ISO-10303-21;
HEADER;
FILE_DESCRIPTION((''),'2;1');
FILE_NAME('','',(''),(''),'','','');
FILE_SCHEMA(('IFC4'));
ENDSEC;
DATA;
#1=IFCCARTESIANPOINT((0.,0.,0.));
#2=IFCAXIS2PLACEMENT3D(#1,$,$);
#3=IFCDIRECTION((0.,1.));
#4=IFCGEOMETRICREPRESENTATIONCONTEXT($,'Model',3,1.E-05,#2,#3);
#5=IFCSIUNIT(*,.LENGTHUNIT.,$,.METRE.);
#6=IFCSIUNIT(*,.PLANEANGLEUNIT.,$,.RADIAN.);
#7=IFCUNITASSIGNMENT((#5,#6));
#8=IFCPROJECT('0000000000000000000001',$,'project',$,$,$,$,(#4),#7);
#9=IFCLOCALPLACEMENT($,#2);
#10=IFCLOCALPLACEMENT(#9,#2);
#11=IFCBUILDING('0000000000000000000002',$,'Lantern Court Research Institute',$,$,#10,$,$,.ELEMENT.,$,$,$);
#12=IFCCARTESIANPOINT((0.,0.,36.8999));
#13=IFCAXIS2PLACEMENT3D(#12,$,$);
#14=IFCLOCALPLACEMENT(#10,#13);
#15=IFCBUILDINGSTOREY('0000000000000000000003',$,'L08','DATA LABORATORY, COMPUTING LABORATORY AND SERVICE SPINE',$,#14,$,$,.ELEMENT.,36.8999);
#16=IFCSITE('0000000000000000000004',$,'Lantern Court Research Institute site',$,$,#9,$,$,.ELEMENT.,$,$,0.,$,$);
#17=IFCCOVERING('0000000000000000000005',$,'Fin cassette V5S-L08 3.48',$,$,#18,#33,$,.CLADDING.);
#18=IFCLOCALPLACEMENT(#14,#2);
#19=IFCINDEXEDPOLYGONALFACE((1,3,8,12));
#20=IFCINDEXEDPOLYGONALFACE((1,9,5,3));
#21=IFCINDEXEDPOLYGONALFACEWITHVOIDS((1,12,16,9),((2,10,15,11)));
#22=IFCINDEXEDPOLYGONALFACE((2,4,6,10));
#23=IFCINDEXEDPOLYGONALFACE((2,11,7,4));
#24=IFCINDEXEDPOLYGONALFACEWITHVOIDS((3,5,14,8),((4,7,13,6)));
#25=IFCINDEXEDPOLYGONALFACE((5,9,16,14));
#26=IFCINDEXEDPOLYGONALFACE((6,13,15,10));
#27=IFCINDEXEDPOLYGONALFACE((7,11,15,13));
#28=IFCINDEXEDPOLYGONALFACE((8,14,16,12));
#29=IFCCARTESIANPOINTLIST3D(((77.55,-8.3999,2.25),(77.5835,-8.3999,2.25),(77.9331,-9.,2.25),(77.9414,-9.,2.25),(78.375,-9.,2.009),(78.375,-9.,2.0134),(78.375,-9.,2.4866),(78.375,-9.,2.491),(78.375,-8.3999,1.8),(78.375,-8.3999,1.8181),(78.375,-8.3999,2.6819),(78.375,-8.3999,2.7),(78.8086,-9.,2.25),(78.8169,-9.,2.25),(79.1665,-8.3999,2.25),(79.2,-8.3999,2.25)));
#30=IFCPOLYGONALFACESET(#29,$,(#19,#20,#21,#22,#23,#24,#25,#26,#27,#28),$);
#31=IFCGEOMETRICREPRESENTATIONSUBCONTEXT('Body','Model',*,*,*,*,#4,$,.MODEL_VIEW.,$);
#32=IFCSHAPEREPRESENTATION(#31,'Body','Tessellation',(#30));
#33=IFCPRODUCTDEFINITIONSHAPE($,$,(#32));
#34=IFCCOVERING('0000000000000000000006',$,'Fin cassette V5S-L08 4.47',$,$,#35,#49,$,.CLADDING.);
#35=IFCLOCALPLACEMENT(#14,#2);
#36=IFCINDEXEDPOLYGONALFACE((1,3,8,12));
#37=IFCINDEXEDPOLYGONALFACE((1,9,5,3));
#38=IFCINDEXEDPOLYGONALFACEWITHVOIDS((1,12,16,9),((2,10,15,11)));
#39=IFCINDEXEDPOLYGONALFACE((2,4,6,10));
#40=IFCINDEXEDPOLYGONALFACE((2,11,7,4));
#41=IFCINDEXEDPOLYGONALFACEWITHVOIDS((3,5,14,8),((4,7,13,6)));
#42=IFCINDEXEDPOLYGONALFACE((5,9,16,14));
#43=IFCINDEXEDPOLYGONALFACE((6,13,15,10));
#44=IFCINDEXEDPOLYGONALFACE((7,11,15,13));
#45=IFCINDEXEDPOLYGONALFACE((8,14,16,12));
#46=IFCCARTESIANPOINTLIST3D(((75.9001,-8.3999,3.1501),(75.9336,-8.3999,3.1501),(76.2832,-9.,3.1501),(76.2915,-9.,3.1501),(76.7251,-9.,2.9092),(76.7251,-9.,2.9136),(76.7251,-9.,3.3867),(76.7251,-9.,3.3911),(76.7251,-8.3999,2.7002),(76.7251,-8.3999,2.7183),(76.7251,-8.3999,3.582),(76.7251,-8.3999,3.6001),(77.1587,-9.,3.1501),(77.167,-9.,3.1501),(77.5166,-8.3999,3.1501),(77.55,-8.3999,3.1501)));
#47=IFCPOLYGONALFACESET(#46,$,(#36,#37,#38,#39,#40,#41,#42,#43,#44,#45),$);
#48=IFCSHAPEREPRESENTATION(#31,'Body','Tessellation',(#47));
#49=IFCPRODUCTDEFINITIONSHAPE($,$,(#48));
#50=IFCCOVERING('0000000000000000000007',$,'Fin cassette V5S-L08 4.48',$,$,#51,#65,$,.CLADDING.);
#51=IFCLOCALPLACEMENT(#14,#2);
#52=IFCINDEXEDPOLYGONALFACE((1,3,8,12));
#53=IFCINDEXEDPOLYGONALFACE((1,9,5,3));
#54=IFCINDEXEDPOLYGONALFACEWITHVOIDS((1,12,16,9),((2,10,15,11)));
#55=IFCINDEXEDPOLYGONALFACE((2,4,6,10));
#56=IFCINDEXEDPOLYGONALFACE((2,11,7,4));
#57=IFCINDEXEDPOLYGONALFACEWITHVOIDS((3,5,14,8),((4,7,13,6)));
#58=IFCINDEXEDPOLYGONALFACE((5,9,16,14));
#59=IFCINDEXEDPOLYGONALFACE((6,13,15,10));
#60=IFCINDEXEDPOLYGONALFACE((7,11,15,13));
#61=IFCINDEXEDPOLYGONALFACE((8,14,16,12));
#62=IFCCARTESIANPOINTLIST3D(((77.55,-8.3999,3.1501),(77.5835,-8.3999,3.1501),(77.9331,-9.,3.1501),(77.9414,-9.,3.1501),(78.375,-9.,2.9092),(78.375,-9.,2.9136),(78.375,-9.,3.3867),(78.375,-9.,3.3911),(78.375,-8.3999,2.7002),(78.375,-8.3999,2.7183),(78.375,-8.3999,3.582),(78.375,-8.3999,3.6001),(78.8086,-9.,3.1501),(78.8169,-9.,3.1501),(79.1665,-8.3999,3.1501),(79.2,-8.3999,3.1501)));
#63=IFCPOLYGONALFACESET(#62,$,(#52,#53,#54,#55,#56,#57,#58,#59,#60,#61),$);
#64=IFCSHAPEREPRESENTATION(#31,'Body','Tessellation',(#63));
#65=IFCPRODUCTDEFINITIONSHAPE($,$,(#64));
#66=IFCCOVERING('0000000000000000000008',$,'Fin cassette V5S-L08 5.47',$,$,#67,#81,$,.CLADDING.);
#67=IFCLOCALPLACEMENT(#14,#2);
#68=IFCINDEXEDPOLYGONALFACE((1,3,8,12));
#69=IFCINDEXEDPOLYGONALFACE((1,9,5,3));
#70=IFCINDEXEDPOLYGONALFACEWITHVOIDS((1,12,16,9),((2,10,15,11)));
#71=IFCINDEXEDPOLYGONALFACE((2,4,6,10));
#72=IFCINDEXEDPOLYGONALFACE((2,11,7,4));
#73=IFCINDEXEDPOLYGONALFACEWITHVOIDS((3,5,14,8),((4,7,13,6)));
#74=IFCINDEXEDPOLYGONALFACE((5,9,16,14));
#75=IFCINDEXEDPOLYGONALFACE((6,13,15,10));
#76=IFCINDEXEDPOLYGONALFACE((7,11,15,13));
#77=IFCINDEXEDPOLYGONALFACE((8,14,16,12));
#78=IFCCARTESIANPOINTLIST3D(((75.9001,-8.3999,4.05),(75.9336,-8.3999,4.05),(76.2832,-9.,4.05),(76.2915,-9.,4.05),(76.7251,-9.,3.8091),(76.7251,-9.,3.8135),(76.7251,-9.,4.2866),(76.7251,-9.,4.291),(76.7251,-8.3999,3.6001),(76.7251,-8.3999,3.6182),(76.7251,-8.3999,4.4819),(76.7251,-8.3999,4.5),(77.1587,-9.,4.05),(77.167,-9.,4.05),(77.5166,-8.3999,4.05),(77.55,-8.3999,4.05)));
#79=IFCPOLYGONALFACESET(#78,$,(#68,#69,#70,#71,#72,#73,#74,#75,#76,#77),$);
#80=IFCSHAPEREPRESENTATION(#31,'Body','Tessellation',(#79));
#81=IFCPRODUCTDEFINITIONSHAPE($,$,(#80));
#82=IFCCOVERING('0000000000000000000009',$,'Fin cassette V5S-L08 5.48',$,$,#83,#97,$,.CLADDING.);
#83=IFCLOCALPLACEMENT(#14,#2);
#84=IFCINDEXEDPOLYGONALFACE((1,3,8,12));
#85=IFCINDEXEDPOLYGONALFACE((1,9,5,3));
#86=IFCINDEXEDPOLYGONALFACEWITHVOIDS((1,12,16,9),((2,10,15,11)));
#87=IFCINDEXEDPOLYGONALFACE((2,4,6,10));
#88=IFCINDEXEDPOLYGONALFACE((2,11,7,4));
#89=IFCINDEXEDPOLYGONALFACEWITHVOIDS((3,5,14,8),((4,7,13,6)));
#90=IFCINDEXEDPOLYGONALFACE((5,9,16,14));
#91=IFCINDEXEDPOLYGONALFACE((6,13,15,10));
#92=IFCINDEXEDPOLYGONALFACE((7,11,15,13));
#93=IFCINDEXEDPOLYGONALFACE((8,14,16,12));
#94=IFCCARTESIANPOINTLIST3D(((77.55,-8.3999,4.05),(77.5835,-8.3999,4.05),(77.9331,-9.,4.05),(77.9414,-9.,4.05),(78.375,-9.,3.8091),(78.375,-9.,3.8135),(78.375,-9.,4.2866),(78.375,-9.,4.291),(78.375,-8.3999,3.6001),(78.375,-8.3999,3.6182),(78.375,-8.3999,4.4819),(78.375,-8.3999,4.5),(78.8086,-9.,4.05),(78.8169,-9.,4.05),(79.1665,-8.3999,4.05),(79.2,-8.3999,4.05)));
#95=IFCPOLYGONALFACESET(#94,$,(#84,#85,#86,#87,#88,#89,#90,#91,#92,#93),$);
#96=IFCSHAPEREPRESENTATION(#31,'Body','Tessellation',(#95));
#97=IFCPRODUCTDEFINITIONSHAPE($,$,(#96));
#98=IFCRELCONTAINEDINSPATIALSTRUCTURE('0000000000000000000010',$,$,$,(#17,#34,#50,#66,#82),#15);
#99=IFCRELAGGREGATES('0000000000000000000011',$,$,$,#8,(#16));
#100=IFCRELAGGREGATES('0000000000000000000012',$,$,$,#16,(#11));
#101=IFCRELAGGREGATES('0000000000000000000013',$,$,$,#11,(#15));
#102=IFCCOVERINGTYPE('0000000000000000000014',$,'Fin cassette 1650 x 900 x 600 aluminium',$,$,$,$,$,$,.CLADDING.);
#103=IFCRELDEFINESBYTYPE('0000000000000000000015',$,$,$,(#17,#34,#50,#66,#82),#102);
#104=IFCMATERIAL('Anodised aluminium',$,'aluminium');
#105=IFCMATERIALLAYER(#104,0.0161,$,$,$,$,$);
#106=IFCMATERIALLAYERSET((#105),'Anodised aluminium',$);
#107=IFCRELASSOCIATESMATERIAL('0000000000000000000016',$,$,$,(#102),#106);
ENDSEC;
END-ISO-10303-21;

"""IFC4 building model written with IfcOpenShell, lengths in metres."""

from ifc_helpers import new_model, entity, si_unit, direction, frame, origin, place, context, subcontext, project, spatial, material, layer, layer_set, type_object, element, save


model = new_model("IFC4")

# Units and contexts
model_context = context("Model", 3, precision=1e-05, world=origin(), true_north=direction((0.0, 1.0)))
body_context = subcontext(model_context, "Body", "Model", "MODEL_VIEW")
ifc_project = project(units=[si_unit("LENGTHUNIT", "METRE"), si_unit("PLANEANGLEUNIT", "RADIAN")], contexts=[model_context])

# Site, building, storey
site_placement = place(None, origin())
site = spatial("IfcSite", under=ifc_project, at=site_placement, Name="Lantern Court Research Institute site", CompositionType="ELEMENT", RefElevation=0.0)
building_placement = place(site_placement, origin())
building = spatial("IfcBuilding", under=site, at=building_placement, Name="Lantern Court Research Institute", CompositionType="ELEMENT")
storey_placement = place(building_placement, frame((0.0, 0.0, 36.8999)))
storey = spatial("IfcBuildingStorey", under=building, at=storey_placement, Name="L08", Description="DATA LABORATORY, COMPUTING LABORATORY AND SERVICE SPINE", CompositionType="ELEMENT", Elevation=36.8999)

# Coverings
ifc_material_1 = material(Name="Anodised aluminium", Category="aluminium")
ifc_layer_1 = layer(ifc_material_1, 0.0161)
ifc_layer_set_1 = layer_set([ifc_layer_1], Name="Anodised aluminium")
covering_type = type_object("IfcCoveringType", Name="Fin cassette 1650 x 900 x 600 aluminium", PredefinedType="CLADDING", material=ifc_layer_set_1)
covering_1_placement = place(storey_placement, frame((78.375, -8.3999, 2.25), z_axis=(0.0, -1.0, 0.0), x_axis=(1.0, 0.0, 0.0)))
cartesian_point_1 = entity("IfcCartesianPoint", [0.825, 0.0])
cartesian_point_2 = entity("IfcCartesianPoint", [0.7915, 0.0])
cartesian_point_3 = entity("IfcCartesianPoint", [0.4419, 0.0])
cartesian_point_4 = entity("IfcCartesianPoint", [0.4336, 0.0])
element("IfcCovering", 1, at=covering_1_placement, inside=storey, type_object=covering_type, Name="Fin cassette V5S-L08 3.48", PredefinedType="CLADDING", context=body_context, shape_type="SweptSolid", body=[
    entity("IfcExtrudedAreaSolidTapered", entity("IfcArbitraryProfileDefWithVoids", "AREA", None, entity("IfcPolyline", [cartesian_point_1, entity("IfcCartesianPoint", [0.0, 0.45]), entity("IfcCartesianPoint", [-0.825, 0.0]), entity("IfcCartesianPoint", [0.0, -0.45]), cartesian_point_1]), [entity("IfcPolyline", [cartesian_point_2, entity("IfcCartesianPoint", [0.0, 0.4319]), entity("IfcCartesianPoint", [-0.7915, 0.0]), entity("IfcCartesianPoint", [0.0, -0.4319]), cartesian_point_2])]), entity("IfcAxis2Placement3D", entity("IfcCartesianPoint", [0.0, 0.0, 0.0])), entity("IfcDirection", [0.0, 0.0, 1.0]), 0.6001, entity("IfcArbitraryProfileDefWithVoids", "AREA", None, entity("IfcPolyline", [cartesian_point_3, entity("IfcCartesianPoint", [0.0, 0.241]), entity("IfcCartesianPoint", [-0.4419, 0.0]), entity("IfcCartesianPoint", [0.0, -0.241]), cartesian_point_3]), [entity("IfcPolyline", [cartesian_point_4, entity("IfcCartesianPoint", [0.0, 0.2366]), entity("IfcCartesianPoint", [-0.4336, 0.0]), entity("IfcCartesianPoint", [0.0, -0.2366]), cartesian_point_4])])),
])
covering_2_placement = place(storey_placement, frame((76.7251, -8.3999, 3.1501), z_axis=(0.0, -1.0, 0.0), x_axis=(1.0, 0.0, 0.0)))
cartesian_point_5 = entity("IfcCartesianPoint", [0.825, 0.0])
cartesian_point_6 = entity("IfcCartesianPoint", [0.7915, 0.0])
cartesian_point_7 = entity("IfcCartesianPoint", [0.4419, 0.0])
cartesian_point_8 = entity("IfcCartesianPoint", [0.4336, 0.0])
element("IfcCovering", 2, at=covering_2_placement, inside=storey, type_object=covering_type, Name="Fin cassette V5S-L08 4.47", PredefinedType="CLADDING", context=body_context, shape_type="SweptSolid", body=[
    entity("IfcExtrudedAreaSolidTapered", entity("IfcArbitraryProfileDefWithVoids", "AREA", None, entity("IfcPolyline", [cartesian_point_5, entity("IfcCartesianPoint", [0.0, 0.45]), entity("IfcCartesianPoint", [-0.825, 0.0]), entity("IfcCartesianPoint", [0.0, -0.45]), cartesian_point_5]), [entity("IfcPolyline", [cartesian_point_6, entity("IfcCartesianPoint", [0.0, 0.4319]), entity("IfcCartesianPoint", [-0.7915, 0.0]), entity("IfcCartesianPoint", [0.0, -0.4319]), cartesian_point_6])]), entity("IfcAxis2Placement3D", entity("IfcCartesianPoint", [0.0, 0.0, 0.0])), entity("IfcDirection", [0.0, 0.0, 1.0]), 0.6001, entity("IfcArbitraryProfileDefWithVoids", "AREA", None, entity("IfcPolyline", [cartesian_point_7, entity("IfcCartesianPoint", [0.0, 0.241]), entity("IfcCartesianPoint", [-0.4419, 0.0]), entity("IfcCartesianPoint", [0.0, -0.241]), cartesian_point_7]), [entity("IfcPolyline", [cartesian_point_8, entity("IfcCartesianPoint", [0.0, 0.2366]), entity("IfcCartesianPoint", [-0.4336, 0.0]), entity("IfcCartesianPoint", [0.0, -0.2366]), cartesian_point_8])])),
])
covering_3_placement = place(storey_placement, frame((78.375, -8.3999, 3.1501), z_axis=(0.0, -1.0, 0.0), x_axis=(1.0, 0.0, 0.0)))
cartesian_point_9 = entity("IfcCartesianPoint", [0.825, 0.0])
cartesian_point_10 = entity("IfcCartesianPoint", [0.7915, 0.0])
cartesian_point_11 = entity("IfcCartesianPoint", [0.4419, 0.0])
cartesian_point_12 = entity("IfcCartesianPoint", [0.4336, 0.0])
element("IfcCovering", 3, at=covering_3_placement, inside=storey, type_object=covering_type, Name="Fin cassette V5S-L08 4.48", PredefinedType="CLADDING", context=body_context, shape_type="SweptSolid", body=[
    entity("IfcExtrudedAreaSolidTapered", entity("IfcArbitraryProfileDefWithVoids", "AREA", None, entity("IfcPolyline", [cartesian_point_9, entity("IfcCartesianPoint", [0.0, 0.45]), entity("IfcCartesianPoint", [-0.825, 0.0]), entity("IfcCartesianPoint", [0.0, -0.45]), cartesian_point_9]), [entity("IfcPolyline", [cartesian_point_10, entity("IfcCartesianPoint", [0.0, 0.4319]), entity("IfcCartesianPoint", [-0.7915, 0.0]), entity("IfcCartesianPoint", [0.0, -0.4319]), cartesian_point_10])]), entity("IfcAxis2Placement3D", entity("IfcCartesianPoint", [0.0, 0.0, 0.0])), entity("IfcDirection", [0.0, 0.0, 1.0]), 0.6001, entity("IfcArbitraryProfileDefWithVoids", "AREA", None, entity("IfcPolyline", [cartesian_point_11, entity("IfcCartesianPoint", [0.0, 0.241]), entity("IfcCartesianPoint", [-0.4419, 0.0]), entity("IfcCartesianPoint", [0.0, -0.241]), cartesian_point_11]), [entity("IfcPolyline", [cartesian_point_12, entity("IfcCartesianPoint", [0.0, 0.2366]), entity("IfcCartesianPoint", [-0.4336, 0.0]), entity("IfcCartesianPoint", [0.0, -0.2366]), cartesian_point_12])])),
])
covering_4_placement = place(storey_placement, frame((76.7251, -8.3999, 4.05), z_axis=(0.0, -1.0, 0.0), x_axis=(1.0, 0.0, 0.0)))
cartesian_point_13 = entity("IfcCartesianPoint", [0.825, 0.0])
cartesian_point_14 = entity("IfcCartesianPoint", [0.7915, 0.0])
cartesian_point_15 = entity("IfcCartesianPoint", [0.4419, 0.0])
cartesian_point_16 = entity("IfcCartesianPoint", [0.4336, 0.0])
element("IfcCovering", 4, at=covering_4_placement, inside=storey, type_object=covering_type, Name="Fin cassette V5S-L08 5.47", PredefinedType="CLADDING", context=body_context, shape_type="SweptSolid", body=[
    entity("IfcExtrudedAreaSolidTapered", entity("IfcArbitraryProfileDefWithVoids", "AREA", None, entity("IfcPolyline", [cartesian_point_13, entity("IfcCartesianPoint", [0.0, 0.45]), entity("IfcCartesianPoint", [-0.825, 0.0]), entity("IfcCartesianPoint", [0.0, -0.45]), cartesian_point_13]), [entity("IfcPolyline", [cartesian_point_14, entity("IfcCartesianPoint", [0.0, 0.4319]), entity("IfcCartesianPoint", [-0.7915, 0.0]), entity("IfcCartesianPoint", [0.0, -0.4319]), cartesian_point_14])]), entity("IfcAxis2Placement3D", entity("IfcCartesianPoint", [0.0, 0.0, 0.0])), entity("IfcDirection", [0.0, 0.0, 1.0]), 0.6001, entity("IfcArbitraryProfileDefWithVoids", "AREA", None, entity("IfcPolyline", [cartesian_point_15, entity("IfcCartesianPoint", [0.0, 0.241]), entity("IfcCartesianPoint", [-0.4419, 0.0]), entity("IfcCartesianPoint", [0.0, -0.241]), cartesian_point_15]), [entity("IfcPolyline", [cartesian_point_16, entity("IfcCartesianPoint", [0.0, 0.2366]), entity("IfcCartesianPoint", [-0.4336, 0.0]), entity("IfcCartesianPoint", [0.0, -0.2366]), cartesian_point_16])])),
])
covering_5_placement = place(storey_placement, frame((78.375, -8.3999, 4.05), z_axis=(0.0, -1.0, 0.0), x_axis=(1.0, 0.0, 0.0)))
cartesian_point_17 = entity("IfcCartesianPoint", [0.825, 0.0])
cartesian_point_18 = entity("IfcCartesianPoint", [0.7915, 0.0])
cartesian_point_19 = entity("IfcCartesianPoint", [0.4419, 0.0])
cartesian_point_20 = entity("IfcCartesianPoint", [0.4336, 0.0])
element("IfcCovering", 5, at=covering_5_placement, inside=storey, type_object=covering_type, Name="Fin cassette V5S-L08 5.48", PredefinedType="CLADDING", context=body_context, shape_type="SweptSolid", body=[
    entity("IfcExtrudedAreaSolidTapered", entity("IfcArbitraryProfileDefWithVoids", "AREA", None, entity("IfcPolyline", [cartesian_point_17, entity("IfcCartesianPoint", [0.0, 0.45]), entity("IfcCartesianPoint", [-0.825, 0.0]), entity("IfcCartesianPoint", [0.0, -0.45]), cartesian_point_17]), [entity("IfcPolyline", [cartesian_point_18, entity("IfcCartesianPoint", [0.0, 0.4319]), entity("IfcCartesianPoint", [-0.7915, 0.0]), entity("IfcCartesianPoint", [0.0, -0.4319]), cartesian_point_18])]), entity("IfcAxis2Placement3D", entity("IfcCartesianPoint", [0.0, 0.0, 0.0])), entity("IfcDirection", [0.0, 0.0, 1.0]), 0.6001, entity("IfcArbitraryProfileDefWithVoids", "AREA", None, entity("IfcPolyline", [cartesian_point_19, entity("IfcCartesianPoint", [0.0, 0.241]), entity("IfcCartesianPoint", [-0.4419, 0.0]), entity("IfcCartesianPoint", [0.0, -0.241]), cartesian_point_19]), [entity("IfcPolyline", [cartesian_point_20, entity("IfcCartesianPoint", [0.0, 0.2366]), entity("IfcCartesianPoint", [-0.4336, 0.0]), entity("IfcCartesianPoint", [0.0, -0.2366]), cartesian_point_20])])),
])

save(model, "model.ifc")
